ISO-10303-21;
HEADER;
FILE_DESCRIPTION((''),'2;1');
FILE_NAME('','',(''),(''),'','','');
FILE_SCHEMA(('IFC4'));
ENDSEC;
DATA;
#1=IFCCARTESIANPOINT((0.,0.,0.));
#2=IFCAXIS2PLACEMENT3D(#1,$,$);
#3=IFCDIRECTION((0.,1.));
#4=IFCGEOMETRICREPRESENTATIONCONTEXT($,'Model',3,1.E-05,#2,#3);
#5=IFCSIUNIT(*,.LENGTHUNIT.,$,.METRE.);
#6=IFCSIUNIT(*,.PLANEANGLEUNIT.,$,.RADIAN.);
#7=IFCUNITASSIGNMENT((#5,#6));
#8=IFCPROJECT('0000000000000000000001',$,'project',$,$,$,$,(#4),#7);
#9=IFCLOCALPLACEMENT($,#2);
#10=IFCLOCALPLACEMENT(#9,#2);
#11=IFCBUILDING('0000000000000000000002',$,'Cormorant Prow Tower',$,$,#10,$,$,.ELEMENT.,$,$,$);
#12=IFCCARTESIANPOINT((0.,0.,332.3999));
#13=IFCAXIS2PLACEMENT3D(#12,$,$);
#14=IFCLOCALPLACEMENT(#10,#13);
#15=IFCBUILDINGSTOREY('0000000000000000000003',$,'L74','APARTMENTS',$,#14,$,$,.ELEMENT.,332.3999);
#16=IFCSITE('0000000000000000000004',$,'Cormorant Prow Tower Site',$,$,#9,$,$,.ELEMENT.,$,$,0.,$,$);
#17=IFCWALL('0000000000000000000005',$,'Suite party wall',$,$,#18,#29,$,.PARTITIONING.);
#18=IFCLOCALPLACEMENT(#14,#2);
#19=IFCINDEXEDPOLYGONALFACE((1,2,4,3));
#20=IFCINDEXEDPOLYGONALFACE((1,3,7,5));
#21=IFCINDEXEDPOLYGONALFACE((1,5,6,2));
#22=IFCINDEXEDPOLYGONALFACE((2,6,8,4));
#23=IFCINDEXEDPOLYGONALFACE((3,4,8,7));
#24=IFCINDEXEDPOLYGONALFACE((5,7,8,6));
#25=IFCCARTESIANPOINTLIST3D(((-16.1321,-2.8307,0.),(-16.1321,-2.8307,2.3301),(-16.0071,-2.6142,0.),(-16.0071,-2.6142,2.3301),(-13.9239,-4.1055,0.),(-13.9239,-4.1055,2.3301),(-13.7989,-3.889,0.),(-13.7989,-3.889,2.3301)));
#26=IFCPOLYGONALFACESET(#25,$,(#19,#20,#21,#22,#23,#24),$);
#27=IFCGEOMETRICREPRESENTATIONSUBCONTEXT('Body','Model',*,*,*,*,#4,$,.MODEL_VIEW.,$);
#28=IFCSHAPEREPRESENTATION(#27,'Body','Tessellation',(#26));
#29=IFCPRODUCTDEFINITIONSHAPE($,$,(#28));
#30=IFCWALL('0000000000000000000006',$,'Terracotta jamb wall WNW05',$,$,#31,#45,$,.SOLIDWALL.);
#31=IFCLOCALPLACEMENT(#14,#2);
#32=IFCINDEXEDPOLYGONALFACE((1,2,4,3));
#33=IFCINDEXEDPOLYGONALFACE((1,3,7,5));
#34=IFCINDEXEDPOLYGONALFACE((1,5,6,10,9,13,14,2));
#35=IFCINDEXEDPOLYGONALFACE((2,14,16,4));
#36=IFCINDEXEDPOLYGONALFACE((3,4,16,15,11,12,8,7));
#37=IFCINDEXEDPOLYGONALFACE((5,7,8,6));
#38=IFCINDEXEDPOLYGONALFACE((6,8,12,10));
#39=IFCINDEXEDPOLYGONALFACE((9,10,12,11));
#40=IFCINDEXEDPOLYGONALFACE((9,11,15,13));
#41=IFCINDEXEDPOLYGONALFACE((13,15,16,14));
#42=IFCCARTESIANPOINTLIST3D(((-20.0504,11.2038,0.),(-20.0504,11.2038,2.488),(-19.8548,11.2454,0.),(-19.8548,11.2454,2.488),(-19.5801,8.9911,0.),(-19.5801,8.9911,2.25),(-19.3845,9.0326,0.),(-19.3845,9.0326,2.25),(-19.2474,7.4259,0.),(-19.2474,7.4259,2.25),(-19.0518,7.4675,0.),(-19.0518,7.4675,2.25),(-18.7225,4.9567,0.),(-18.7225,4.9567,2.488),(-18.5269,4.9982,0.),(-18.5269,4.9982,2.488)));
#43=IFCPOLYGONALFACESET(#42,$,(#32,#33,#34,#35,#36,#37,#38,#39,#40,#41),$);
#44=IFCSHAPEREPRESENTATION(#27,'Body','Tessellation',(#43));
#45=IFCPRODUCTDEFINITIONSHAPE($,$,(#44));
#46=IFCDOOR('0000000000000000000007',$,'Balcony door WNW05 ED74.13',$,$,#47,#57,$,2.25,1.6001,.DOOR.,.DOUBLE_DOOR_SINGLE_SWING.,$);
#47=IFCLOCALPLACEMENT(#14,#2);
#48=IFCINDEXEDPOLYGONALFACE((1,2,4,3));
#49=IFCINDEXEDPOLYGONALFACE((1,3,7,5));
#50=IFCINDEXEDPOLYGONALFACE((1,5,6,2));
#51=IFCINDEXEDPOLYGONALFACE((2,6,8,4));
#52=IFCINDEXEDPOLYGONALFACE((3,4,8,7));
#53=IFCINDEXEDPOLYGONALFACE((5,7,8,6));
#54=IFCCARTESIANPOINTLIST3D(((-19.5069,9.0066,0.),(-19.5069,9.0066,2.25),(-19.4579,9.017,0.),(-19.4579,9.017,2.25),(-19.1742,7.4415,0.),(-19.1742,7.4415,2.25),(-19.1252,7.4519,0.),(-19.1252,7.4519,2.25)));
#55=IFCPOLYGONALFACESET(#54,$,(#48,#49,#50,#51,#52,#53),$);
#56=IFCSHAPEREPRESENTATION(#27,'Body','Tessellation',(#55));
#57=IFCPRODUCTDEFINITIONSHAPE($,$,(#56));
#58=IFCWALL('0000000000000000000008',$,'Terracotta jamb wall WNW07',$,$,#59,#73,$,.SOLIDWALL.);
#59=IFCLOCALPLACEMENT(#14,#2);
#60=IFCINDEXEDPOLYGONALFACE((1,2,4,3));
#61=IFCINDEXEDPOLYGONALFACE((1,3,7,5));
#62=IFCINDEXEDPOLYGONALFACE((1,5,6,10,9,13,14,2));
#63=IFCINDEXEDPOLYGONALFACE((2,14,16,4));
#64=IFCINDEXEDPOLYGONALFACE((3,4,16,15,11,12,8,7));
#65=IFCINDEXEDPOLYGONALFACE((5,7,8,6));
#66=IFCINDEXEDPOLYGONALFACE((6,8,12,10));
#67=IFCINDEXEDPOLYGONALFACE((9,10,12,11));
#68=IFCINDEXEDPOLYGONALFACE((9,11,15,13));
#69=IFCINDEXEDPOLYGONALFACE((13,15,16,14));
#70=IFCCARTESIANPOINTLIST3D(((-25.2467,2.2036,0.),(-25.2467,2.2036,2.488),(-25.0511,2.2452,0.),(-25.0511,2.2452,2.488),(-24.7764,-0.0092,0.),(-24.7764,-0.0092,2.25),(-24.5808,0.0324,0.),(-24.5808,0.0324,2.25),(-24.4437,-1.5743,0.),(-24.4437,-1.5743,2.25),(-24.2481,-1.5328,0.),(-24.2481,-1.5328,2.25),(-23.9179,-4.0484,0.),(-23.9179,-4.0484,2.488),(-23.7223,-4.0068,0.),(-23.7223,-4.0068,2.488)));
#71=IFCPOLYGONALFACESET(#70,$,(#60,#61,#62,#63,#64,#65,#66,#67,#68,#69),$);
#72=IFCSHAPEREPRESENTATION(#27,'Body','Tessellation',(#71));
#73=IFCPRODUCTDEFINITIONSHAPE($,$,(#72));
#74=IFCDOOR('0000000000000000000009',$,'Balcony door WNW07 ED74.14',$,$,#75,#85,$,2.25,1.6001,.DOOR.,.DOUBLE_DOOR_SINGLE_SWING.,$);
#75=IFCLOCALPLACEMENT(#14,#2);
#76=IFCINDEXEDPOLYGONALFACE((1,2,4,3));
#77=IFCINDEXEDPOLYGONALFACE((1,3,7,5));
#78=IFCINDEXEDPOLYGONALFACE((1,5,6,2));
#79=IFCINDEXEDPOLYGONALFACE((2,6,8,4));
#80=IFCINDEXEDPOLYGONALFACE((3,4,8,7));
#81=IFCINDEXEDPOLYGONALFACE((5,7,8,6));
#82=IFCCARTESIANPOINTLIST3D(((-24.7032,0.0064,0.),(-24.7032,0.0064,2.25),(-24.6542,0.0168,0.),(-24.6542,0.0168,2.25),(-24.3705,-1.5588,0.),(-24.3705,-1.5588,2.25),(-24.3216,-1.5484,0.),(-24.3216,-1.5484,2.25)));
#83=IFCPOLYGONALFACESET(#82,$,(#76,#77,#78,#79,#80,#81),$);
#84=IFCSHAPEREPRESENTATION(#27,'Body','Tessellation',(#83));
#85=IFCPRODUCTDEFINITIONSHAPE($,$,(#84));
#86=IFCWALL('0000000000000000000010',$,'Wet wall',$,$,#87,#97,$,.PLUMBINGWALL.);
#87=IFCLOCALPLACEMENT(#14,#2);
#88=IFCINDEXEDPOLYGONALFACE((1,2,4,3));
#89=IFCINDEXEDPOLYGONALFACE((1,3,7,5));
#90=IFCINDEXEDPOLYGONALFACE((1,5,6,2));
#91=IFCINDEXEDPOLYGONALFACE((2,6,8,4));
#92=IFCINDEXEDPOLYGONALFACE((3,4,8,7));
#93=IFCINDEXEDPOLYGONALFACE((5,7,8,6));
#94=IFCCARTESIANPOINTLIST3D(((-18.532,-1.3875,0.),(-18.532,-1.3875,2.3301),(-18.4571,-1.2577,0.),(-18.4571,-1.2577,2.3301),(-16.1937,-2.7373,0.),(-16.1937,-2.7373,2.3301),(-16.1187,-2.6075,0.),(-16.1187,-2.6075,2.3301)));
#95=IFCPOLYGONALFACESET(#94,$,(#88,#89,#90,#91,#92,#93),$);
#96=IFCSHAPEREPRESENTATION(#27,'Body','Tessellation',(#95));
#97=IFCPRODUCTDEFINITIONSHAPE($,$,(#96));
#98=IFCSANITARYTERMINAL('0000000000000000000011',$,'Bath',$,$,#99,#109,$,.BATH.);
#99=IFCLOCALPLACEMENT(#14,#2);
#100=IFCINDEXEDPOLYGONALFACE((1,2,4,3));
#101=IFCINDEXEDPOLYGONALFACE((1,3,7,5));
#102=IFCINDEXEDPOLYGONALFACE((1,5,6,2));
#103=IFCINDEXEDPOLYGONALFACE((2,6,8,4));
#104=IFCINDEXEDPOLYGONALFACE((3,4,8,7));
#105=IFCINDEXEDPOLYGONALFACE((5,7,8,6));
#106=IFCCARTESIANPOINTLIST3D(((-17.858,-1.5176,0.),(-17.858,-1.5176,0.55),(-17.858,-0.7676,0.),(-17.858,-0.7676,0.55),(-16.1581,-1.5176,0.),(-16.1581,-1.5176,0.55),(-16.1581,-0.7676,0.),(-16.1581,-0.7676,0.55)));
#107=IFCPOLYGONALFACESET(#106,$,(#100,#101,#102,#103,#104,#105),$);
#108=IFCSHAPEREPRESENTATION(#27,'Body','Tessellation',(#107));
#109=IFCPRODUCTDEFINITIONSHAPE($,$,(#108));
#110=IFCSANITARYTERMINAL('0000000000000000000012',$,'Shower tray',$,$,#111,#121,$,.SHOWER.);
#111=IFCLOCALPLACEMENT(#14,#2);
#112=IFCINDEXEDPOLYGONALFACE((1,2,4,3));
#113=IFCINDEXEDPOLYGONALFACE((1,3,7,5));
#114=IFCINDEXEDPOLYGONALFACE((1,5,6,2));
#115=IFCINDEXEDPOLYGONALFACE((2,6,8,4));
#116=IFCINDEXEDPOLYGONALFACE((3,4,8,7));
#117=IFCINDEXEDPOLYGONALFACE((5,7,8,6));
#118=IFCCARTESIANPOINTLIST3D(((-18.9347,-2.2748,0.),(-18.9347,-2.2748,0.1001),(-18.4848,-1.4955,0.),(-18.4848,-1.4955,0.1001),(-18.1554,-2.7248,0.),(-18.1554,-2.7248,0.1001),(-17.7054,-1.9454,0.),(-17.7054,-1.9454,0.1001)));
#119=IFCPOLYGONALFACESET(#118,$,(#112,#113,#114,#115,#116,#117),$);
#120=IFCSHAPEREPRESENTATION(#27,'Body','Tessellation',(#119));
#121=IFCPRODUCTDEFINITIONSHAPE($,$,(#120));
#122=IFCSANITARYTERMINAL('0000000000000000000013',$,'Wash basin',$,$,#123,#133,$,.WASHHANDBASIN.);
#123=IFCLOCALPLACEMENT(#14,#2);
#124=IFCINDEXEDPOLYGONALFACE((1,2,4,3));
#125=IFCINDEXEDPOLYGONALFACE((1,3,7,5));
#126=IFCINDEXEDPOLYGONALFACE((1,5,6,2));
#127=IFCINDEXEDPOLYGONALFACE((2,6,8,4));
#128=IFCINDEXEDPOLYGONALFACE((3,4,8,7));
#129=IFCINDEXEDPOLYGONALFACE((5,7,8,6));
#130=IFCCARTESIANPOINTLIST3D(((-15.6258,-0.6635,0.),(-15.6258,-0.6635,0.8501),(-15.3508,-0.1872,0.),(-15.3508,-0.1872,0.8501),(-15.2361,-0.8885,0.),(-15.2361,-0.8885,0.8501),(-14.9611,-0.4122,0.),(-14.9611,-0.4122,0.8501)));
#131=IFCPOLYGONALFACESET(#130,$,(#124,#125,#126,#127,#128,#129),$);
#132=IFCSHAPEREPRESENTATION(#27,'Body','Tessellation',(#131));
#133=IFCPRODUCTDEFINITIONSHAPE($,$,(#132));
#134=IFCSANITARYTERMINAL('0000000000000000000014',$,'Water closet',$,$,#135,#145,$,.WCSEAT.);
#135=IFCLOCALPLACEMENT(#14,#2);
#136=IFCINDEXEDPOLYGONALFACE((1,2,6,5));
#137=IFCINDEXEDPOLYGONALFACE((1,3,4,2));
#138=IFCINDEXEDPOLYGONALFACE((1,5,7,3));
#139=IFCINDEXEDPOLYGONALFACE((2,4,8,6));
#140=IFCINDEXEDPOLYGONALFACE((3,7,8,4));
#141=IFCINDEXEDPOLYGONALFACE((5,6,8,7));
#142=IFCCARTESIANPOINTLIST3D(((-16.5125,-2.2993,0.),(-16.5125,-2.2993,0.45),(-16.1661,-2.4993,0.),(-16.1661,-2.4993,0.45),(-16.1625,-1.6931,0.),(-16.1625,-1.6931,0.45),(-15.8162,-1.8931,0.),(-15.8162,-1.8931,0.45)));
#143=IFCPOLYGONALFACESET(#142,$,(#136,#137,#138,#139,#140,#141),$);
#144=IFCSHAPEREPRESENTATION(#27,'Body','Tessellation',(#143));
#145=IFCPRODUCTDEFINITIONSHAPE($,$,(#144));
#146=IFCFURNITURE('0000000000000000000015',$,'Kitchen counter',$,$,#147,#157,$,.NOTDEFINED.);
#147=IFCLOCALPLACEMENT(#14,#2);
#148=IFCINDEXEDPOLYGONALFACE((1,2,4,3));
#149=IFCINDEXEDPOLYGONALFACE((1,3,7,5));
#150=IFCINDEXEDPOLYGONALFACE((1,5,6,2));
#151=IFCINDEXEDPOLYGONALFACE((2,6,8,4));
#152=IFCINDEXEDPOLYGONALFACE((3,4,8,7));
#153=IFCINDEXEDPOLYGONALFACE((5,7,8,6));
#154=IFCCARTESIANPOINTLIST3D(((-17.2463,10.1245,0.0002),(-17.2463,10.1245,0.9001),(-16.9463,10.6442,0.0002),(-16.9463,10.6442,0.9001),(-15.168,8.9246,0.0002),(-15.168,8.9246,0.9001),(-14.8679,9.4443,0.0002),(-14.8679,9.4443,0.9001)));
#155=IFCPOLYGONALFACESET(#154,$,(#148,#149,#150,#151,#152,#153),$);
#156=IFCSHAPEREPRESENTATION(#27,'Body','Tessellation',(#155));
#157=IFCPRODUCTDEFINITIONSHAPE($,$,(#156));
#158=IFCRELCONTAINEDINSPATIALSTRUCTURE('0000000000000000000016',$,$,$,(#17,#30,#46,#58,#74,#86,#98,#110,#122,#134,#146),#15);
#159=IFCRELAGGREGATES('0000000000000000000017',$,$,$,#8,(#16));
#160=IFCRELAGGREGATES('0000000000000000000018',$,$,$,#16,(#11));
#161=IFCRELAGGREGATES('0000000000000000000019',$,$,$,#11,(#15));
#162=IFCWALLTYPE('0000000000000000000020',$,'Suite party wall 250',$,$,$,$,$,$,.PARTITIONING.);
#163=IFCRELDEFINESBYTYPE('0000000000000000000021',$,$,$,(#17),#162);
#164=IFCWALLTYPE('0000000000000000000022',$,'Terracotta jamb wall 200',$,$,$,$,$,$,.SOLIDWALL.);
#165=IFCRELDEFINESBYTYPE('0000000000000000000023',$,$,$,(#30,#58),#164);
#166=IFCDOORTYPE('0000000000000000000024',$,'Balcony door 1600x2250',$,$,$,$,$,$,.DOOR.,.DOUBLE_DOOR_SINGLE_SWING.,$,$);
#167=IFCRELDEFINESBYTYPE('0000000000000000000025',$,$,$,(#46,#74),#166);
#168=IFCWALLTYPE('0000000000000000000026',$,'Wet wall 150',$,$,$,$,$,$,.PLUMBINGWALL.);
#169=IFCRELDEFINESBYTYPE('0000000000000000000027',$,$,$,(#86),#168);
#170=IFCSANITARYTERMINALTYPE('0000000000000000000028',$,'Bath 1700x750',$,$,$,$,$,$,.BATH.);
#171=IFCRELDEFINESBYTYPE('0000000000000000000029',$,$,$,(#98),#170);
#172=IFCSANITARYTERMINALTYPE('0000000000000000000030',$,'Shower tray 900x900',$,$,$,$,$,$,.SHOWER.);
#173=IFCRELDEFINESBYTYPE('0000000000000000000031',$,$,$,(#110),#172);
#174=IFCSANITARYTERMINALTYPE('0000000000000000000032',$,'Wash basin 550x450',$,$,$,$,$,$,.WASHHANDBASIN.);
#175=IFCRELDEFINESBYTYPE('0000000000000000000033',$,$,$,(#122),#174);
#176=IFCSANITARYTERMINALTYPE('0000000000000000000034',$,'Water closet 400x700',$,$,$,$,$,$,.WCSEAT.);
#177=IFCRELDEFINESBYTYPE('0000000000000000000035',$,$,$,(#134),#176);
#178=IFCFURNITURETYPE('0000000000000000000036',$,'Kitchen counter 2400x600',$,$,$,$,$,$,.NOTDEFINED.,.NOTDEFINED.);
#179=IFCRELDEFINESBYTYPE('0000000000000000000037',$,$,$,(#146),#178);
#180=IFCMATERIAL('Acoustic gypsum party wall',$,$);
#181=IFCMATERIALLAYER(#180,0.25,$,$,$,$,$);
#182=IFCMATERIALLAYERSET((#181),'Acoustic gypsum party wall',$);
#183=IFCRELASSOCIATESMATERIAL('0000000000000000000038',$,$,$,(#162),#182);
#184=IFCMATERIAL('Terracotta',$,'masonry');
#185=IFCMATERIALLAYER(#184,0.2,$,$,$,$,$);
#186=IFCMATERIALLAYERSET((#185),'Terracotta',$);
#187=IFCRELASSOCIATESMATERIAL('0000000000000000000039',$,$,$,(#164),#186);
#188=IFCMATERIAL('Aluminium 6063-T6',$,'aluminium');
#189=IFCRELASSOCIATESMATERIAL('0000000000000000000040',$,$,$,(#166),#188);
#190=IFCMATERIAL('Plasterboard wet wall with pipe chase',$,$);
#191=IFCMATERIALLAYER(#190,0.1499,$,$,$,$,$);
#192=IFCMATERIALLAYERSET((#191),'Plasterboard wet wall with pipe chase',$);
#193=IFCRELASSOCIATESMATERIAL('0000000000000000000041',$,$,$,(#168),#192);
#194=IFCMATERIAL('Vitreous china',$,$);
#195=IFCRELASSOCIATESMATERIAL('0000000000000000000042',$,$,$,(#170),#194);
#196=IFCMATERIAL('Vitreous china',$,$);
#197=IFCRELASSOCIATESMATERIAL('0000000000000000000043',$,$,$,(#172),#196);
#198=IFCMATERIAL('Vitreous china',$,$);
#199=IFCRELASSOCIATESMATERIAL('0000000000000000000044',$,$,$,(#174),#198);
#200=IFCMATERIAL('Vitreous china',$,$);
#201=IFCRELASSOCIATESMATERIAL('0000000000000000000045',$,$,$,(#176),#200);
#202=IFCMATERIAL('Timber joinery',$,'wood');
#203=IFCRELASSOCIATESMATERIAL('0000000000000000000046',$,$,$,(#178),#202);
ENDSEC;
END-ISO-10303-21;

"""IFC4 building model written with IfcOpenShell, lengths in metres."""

from ifc_helpers import new_model, si_unit, direction, frame, frame_2d, origin, origin_2d, place, context, subcontext, project, spatial, rectangle, extrude, material, layer, layer_set, type_object, element, fill, save


model = new_model("IFC4")

# Units and contexts
model_context = context("Model", 3, precision=1e-05, world=origin(), true_north=direction((0.0, 1.0)))
body_context = subcontext(model_context, "Body", "Model", "MODEL_VIEW")
ifc_project = project(units=[si_unit("LENGTHUNIT", "METRE"), si_unit("PLANEANGLEUNIT", "RADIAN")], contexts=[model_context])

# Site, building, storey
site_placement = place(None, origin())
site = spatial("IfcSite", under=ifc_project, at=site_placement, Name="Cormorant Prow Tower Site", CompositionType="ELEMENT", RefElevation=0.0)
building_placement = place(site_placement, origin())
building = spatial("IfcBuilding", under=site, at=building_placement, Name="Cormorant Prow Tower", CompositionType="ELEMENT")
storey_placement = place(building_placement, frame((0.0, 0.0, 332.3999)))
storey = spatial("IfcBuildingStorey", under=building, at=storey_placement, Name="L74", Description="APARTMENTS", CompositionType="ELEMENT", Elevation=332.3999)

# Wall
ifc_material_1 = material(Name="Acoustic gypsum party wall")
ifc_layer_1 = layer(ifc_material_1, 0.25)
ifc_layer_set_1 = layer_set([ifc_layer_1], Name="Acoustic gypsum party wall")
wall_type_1 = type_object("IfcWallType", Name="Suite party wall 250", PredefinedType="PARTITIONING", material=ifc_layer_set_1)
wall_1_placement = place(storey_placement, frame((-16.0696, -2.7224, 0.0), z_axis=(0.0, 0.0, 1.0), x_axis=(0.866031, -0.49999, 0.0)))
element("IfcWall", 1, at=wall_1_placement, inside=storey, type_object=wall_type_1, Name="Suite party wall", PredefinedType="PARTITIONING", context=body_context, shape_type="SweptSolid", body=[
    extrude(rectangle(XDim=2.5498, YDim=0.25, at=frame_2d((1.2749, 0.0))), origin(), (0.0, 0.0, 1.0), 2.3301),
])

# Walls, openings, doors
ifc_material_2 = material(Name="Terracotta", Category="masonry")
ifc_layer_2 = layer(ifc_material_2, 0.2)
ifc_layer_set_2 = layer_set([ifc_layer_2], Name="Terracotta")
wall_type_2 = type_object("IfcWallType", Name="Terracotta jamb wall 200", PredefinedType="SOLIDWALL", material=ifc_layer_set_2)
wall_2_placement = place(storey_placement, frame((-19.9526, 11.2246, 0.0), z_axis=(0.0, 0.0, 1.0), x_axis=(0.207915, -0.978147, 0.0)))
wall_2 = element("IfcWall", 2, at=wall_2_placement, inside=storey, type_object=wall_type_2, Name="Terracotta jamb wall WNW05", PredefinedType="SOLIDWALL", context=body_context, shape_type="SweptSolid", body=[
    extrude(rectangle(XDim=6.3867, YDim=0.2, at=frame_2d((3.1934, 0.0))), origin(), (0.0, 0.0, 1.0), 2.488),
])
opening_1_placement = place(wall_2_placement, frame((2.2622, 0.0, 0.0)))
opening_1 = element("IfcOpeningElement", 3, at=opening_1_placement, cuts=wall_2, PredefinedType="OPENING", context=body_context, shape_type="SweptSolid", body=[
    extrude(rectangle(XDim=1.6001, YDim=2.25, at=frame_2d((0.8, 1.125))), frame((0.0, 0.1099, 0.0), z_axis=(0.0, -1.0, 0.0), x_axis=(1.0, 0.0, 0.0)), (0.0, 0.0, 1.0), 0.22),
])
ifc_material_3 = material(Name="Aluminium 6063-T6", Category="aluminium")
door_type_1 = type_object("IfcDoorType", Name="Balcony door 1600x2250", OperationType="DOUBLE_DOOR_SINGLE_SWING", PredefinedType="DOOR", material=ifc_material_3)
door_1_placement = place(opening_1_placement, origin())
door_1 = element("IfcDoor", 4, at=door_1_placement, inside=storey, type_object=door_type_1, Name="Balcony door WNW05 ED74.13", OperationType="DOUBLE_DOOR_SINGLE_SWING", OverallHeight=2.25, OverallWidth=1.6001, PredefinedType="DOOR", context=body_context, shape_type="SweptSolid", body=[
    extrude(rectangle(XDim=1.6001, YDim=2.25, at=frame_2d((0.8, 1.125))), frame((0.0, 0.0249, 0.0), z_axis=(0.0, -1.0, 0.0), x_axis=(1.0, 0.0, 0.0)), (0.0, 0.0, 1.0), 0.05),
])
fill(opening_1, door_1)
wall_3_placement = place(storey_placement, frame((-25.1489, 2.2244, 0.0), z_axis=(0.0, 0.0, 1.0), x_axis=(0.207906, -0.978149, 0.0)))
wall_3 = element("IfcWall", 5, at=wall_3_placement, inside=storey, type_object=wall_type_2, Name="Terracotta jamb wall WNW07", PredefinedType="SOLIDWALL", context=body_context, shape_type="SweptSolid", body=[
    extrude(rectangle(XDim=6.3916, YDim=0.2, at=frame_2d((3.1958, 0.0))), origin(), (0.0, 0.0, 1.0), 2.488),
])
opening_2_placement = place(wall_3_placement, frame((2.2622, 0.0, 0.0)))
opening_2 = element("IfcOpeningElement", 6, at=opening_2_placement, cuts=wall_3, PredefinedType="OPENING", context=body_context, shape_type="SweptSolid", body=[
    extrude(rectangle(XDim=1.6001, YDim=2.25, at=frame_2d((0.8, 1.125))), frame((0.0, 0.1099, 0.0), z_axis=(0.0, -1.0, 0.0), x_axis=(1.0, 0.0, 0.0)), (0.0, 0.0, 1.0), 0.22),
])
door_2_placement = place(opening_2_placement, origin())
door_2 = element("IfcDoor", 7, at=door_2_placement, inside=storey, type_object=door_type_1, Name="Balcony door WNW07 ED74.14", OperationType="DOUBLE_DOOR_SINGLE_SWING", OverallHeight=2.25, OverallWidth=1.6001, PredefinedType="DOOR", context=body_context, shape_type="SweptSolid", body=[
    extrude(rectangle(XDim=1.6001, YDim=2.25, at=frame_2d((0.8, 1.125))), frame((0.0, 0.0249, 0.0), z_axis=(0.0, -1.0, 0.0), x_axis=(1.0, 0.0, 0.0)), (0.0, 0.0, 1.0), 0.05),
])
fill(opening_2, door_2)

# Wall
ifc_material_4 = material(Name="Plasterboard wet wall with pipe chase")
ifc_layer_3 = layer(ifc_material_4, 0.1499)
ifc_layer_set_3 = layer_set([ifc_layer_3], Name="Plasterboard wet wall with pipe chase")
wall_type_3 = type_object("IfcWallType", Name="Wet wall 150", PredefinedType="PLUMBINGWALL", material=ifc_layer_set_3)
wall_4_placement = place(storey_placement, frame((-18.4946, -1.3225, 0.0), z_axis=(0.0, 0.0, 1.0), x_axis=(0.866059, -0.499942, 0.0)))
element("IfcWall", 8, at=wall_4_placement, inside=storey, type_object=wall_type_3, Name="Wet wall", PredefinedType="PLUMBINGWALL", context=body_context, shape_type="SweptSolid", body=[
    extrude(rectangle(XDim=2.7, YDim=0.1499, at=frame_2d((1.3501, 0.0))), origin(), (0.0, 0.0, 1.0), 2.3301),
])

# Sanitary terminals
ifc_material_5 = material(Name="Vitreous china")
sanitary_terminal_type_1 = type_object("IfcSanitaryTerminalType", Name="Bath 1700x750", PredefinedType="BATH", material=ifc_material_5)
sanitary_terminal_1_placement = place(storey_placement, frame((-17.0081, -1.1426, 0.0), z_axis=(0.0, 0.0, 1.0), x_axis=(1.0, 0.0, 0.0)))
element("IfcSanitaryTerminal", 9, at=sanitary_terminal_1_placement, inside=storey, type_object=sanitary_terminal_type_1, Name="Bath", PredefinedType="BATH", context=body_context, shape_type="SweptSolid", body=[
    extrude(rectangle(XDim=1.7, YDim=0.75, at=origin_2d()), origin(), (0.0, 0.0, 1.0), 0.55),
])
ifc_material_6 = material(Name="Vitreous china")
sanitary_terminal_type_2 = type_object("IfcSanitaryTerminalType", Name="Shower tray 900x900", PredefinedType="SHOWER", material=ifc_material_6)
sanitary_terminal_2_placement = place(storey_placement, frame((-18.3201, -2.1101, 0.0), z_axis=(0.0, 0.0, 1.0), x_axis=(0.866025, -0.5, 0.0)))
element("IfcSanitaryTerminal", 10, at=sanitary_terminal_2_placement, inside=storey, type_object=sanitary_terminal_type_2, Name="Shower tray", PredefinedType="SHOWER", context=body_context, shape_type="SweptSolid", body=[
    extrude(rectangle(XDim=0.8999, YDim=0.8999, at=origin_2d()), origin(), (0.0, 0.0, 1.0), 0.1001),
])
ifc_material_7 = material(Name="Vitreous china")
sanitary_terminal_type_3 = type_object("IfcSanitaryTerminalType", Name="Wash basin 550x450", PredefinedType="WASHHANDBASIN", material=ifc_material_7)
sanitary_terminal_3_placement = place(storey_placement, frame((-15.2935, -0.5378, 0.0), z_axis=(0.0, 0.0, 1.0), x_axis=(-0.5, -0.866025, 0.0)))
element("IfcSanitaryTerminal", 11, at=sanitary_terminal_3_placement, inside=storey, type_object=sanitary_terminal_type_3, Name="Wash basin", PredefinedType="WASHHANDBASIN", context=body_context, shape_type="SweptSolid", body=[
    extrude(rectangle(XDim=0.55, YDim=0.45, at=origin_2d()), origin(), (0.0, 0.0, 1.0), 0.8501),
])
ifc_material_8 = material(Name="Vitreous china")
sanitary_terminal_type_4 = type_object("IfcSanitaryTerminalType", Name="Water closet 400x700", PredefinedType="WCSEAT", material=ifc_material_8)
sanitary_terminal_4_placement = place(storey_placement, frame((-16.1643, -2.0962, 0.0), z_axis=(0.0, 0.0, 1.0), x_axis=(-0.866025, 0.5, 0.0)))
element("IfcSanitaryTerminal", 12, at=sanitary_terminal_4_placement, inside=storey, type_object=sanitary_terminal_type_4, Name="Water closet", PredefinedType="WCSEAT", context=body_context, shape_type="SweptSolid", body=[
    extrude(rectangle(XDim=0.3999, YDim=0.7, at=origin_2d()), origin(), (0.0, 0.0, 1.0), 0.45),
])

# Furniture
ifc_material_9 = material(Name="Timber joinery", Category="wood")
furniture_type = type_object("IfcFurnitureType", Name="Kitchen counter 2400x600", AssemblyPlace="NOTDEFINED", PredefinedType="NOTDEFINED", material=ifc_material_9)
furniture_placement = place(storey_placement, frame((-16.0571, 9.7844, 0.0002), z_axis=(0.0, 0.0, 1.0), x_axis=(-0.866025, 0.5, 0.0)))
element("IfcFurniture", 13, at=furniture_placement, inside=storey, type_object=furniture_type, Name="Kitchen counter", PredefinedType="NOTDEFINED", context=body_context, shape_type="SweptSolid", body=[
    extrude(rectangle(XDim=2.3999, YDim=0.6001, at=origin_2d()), origin(), (0.0, 0.0, 1.0), 0.8999),
])

save(model, "model.ifc")
